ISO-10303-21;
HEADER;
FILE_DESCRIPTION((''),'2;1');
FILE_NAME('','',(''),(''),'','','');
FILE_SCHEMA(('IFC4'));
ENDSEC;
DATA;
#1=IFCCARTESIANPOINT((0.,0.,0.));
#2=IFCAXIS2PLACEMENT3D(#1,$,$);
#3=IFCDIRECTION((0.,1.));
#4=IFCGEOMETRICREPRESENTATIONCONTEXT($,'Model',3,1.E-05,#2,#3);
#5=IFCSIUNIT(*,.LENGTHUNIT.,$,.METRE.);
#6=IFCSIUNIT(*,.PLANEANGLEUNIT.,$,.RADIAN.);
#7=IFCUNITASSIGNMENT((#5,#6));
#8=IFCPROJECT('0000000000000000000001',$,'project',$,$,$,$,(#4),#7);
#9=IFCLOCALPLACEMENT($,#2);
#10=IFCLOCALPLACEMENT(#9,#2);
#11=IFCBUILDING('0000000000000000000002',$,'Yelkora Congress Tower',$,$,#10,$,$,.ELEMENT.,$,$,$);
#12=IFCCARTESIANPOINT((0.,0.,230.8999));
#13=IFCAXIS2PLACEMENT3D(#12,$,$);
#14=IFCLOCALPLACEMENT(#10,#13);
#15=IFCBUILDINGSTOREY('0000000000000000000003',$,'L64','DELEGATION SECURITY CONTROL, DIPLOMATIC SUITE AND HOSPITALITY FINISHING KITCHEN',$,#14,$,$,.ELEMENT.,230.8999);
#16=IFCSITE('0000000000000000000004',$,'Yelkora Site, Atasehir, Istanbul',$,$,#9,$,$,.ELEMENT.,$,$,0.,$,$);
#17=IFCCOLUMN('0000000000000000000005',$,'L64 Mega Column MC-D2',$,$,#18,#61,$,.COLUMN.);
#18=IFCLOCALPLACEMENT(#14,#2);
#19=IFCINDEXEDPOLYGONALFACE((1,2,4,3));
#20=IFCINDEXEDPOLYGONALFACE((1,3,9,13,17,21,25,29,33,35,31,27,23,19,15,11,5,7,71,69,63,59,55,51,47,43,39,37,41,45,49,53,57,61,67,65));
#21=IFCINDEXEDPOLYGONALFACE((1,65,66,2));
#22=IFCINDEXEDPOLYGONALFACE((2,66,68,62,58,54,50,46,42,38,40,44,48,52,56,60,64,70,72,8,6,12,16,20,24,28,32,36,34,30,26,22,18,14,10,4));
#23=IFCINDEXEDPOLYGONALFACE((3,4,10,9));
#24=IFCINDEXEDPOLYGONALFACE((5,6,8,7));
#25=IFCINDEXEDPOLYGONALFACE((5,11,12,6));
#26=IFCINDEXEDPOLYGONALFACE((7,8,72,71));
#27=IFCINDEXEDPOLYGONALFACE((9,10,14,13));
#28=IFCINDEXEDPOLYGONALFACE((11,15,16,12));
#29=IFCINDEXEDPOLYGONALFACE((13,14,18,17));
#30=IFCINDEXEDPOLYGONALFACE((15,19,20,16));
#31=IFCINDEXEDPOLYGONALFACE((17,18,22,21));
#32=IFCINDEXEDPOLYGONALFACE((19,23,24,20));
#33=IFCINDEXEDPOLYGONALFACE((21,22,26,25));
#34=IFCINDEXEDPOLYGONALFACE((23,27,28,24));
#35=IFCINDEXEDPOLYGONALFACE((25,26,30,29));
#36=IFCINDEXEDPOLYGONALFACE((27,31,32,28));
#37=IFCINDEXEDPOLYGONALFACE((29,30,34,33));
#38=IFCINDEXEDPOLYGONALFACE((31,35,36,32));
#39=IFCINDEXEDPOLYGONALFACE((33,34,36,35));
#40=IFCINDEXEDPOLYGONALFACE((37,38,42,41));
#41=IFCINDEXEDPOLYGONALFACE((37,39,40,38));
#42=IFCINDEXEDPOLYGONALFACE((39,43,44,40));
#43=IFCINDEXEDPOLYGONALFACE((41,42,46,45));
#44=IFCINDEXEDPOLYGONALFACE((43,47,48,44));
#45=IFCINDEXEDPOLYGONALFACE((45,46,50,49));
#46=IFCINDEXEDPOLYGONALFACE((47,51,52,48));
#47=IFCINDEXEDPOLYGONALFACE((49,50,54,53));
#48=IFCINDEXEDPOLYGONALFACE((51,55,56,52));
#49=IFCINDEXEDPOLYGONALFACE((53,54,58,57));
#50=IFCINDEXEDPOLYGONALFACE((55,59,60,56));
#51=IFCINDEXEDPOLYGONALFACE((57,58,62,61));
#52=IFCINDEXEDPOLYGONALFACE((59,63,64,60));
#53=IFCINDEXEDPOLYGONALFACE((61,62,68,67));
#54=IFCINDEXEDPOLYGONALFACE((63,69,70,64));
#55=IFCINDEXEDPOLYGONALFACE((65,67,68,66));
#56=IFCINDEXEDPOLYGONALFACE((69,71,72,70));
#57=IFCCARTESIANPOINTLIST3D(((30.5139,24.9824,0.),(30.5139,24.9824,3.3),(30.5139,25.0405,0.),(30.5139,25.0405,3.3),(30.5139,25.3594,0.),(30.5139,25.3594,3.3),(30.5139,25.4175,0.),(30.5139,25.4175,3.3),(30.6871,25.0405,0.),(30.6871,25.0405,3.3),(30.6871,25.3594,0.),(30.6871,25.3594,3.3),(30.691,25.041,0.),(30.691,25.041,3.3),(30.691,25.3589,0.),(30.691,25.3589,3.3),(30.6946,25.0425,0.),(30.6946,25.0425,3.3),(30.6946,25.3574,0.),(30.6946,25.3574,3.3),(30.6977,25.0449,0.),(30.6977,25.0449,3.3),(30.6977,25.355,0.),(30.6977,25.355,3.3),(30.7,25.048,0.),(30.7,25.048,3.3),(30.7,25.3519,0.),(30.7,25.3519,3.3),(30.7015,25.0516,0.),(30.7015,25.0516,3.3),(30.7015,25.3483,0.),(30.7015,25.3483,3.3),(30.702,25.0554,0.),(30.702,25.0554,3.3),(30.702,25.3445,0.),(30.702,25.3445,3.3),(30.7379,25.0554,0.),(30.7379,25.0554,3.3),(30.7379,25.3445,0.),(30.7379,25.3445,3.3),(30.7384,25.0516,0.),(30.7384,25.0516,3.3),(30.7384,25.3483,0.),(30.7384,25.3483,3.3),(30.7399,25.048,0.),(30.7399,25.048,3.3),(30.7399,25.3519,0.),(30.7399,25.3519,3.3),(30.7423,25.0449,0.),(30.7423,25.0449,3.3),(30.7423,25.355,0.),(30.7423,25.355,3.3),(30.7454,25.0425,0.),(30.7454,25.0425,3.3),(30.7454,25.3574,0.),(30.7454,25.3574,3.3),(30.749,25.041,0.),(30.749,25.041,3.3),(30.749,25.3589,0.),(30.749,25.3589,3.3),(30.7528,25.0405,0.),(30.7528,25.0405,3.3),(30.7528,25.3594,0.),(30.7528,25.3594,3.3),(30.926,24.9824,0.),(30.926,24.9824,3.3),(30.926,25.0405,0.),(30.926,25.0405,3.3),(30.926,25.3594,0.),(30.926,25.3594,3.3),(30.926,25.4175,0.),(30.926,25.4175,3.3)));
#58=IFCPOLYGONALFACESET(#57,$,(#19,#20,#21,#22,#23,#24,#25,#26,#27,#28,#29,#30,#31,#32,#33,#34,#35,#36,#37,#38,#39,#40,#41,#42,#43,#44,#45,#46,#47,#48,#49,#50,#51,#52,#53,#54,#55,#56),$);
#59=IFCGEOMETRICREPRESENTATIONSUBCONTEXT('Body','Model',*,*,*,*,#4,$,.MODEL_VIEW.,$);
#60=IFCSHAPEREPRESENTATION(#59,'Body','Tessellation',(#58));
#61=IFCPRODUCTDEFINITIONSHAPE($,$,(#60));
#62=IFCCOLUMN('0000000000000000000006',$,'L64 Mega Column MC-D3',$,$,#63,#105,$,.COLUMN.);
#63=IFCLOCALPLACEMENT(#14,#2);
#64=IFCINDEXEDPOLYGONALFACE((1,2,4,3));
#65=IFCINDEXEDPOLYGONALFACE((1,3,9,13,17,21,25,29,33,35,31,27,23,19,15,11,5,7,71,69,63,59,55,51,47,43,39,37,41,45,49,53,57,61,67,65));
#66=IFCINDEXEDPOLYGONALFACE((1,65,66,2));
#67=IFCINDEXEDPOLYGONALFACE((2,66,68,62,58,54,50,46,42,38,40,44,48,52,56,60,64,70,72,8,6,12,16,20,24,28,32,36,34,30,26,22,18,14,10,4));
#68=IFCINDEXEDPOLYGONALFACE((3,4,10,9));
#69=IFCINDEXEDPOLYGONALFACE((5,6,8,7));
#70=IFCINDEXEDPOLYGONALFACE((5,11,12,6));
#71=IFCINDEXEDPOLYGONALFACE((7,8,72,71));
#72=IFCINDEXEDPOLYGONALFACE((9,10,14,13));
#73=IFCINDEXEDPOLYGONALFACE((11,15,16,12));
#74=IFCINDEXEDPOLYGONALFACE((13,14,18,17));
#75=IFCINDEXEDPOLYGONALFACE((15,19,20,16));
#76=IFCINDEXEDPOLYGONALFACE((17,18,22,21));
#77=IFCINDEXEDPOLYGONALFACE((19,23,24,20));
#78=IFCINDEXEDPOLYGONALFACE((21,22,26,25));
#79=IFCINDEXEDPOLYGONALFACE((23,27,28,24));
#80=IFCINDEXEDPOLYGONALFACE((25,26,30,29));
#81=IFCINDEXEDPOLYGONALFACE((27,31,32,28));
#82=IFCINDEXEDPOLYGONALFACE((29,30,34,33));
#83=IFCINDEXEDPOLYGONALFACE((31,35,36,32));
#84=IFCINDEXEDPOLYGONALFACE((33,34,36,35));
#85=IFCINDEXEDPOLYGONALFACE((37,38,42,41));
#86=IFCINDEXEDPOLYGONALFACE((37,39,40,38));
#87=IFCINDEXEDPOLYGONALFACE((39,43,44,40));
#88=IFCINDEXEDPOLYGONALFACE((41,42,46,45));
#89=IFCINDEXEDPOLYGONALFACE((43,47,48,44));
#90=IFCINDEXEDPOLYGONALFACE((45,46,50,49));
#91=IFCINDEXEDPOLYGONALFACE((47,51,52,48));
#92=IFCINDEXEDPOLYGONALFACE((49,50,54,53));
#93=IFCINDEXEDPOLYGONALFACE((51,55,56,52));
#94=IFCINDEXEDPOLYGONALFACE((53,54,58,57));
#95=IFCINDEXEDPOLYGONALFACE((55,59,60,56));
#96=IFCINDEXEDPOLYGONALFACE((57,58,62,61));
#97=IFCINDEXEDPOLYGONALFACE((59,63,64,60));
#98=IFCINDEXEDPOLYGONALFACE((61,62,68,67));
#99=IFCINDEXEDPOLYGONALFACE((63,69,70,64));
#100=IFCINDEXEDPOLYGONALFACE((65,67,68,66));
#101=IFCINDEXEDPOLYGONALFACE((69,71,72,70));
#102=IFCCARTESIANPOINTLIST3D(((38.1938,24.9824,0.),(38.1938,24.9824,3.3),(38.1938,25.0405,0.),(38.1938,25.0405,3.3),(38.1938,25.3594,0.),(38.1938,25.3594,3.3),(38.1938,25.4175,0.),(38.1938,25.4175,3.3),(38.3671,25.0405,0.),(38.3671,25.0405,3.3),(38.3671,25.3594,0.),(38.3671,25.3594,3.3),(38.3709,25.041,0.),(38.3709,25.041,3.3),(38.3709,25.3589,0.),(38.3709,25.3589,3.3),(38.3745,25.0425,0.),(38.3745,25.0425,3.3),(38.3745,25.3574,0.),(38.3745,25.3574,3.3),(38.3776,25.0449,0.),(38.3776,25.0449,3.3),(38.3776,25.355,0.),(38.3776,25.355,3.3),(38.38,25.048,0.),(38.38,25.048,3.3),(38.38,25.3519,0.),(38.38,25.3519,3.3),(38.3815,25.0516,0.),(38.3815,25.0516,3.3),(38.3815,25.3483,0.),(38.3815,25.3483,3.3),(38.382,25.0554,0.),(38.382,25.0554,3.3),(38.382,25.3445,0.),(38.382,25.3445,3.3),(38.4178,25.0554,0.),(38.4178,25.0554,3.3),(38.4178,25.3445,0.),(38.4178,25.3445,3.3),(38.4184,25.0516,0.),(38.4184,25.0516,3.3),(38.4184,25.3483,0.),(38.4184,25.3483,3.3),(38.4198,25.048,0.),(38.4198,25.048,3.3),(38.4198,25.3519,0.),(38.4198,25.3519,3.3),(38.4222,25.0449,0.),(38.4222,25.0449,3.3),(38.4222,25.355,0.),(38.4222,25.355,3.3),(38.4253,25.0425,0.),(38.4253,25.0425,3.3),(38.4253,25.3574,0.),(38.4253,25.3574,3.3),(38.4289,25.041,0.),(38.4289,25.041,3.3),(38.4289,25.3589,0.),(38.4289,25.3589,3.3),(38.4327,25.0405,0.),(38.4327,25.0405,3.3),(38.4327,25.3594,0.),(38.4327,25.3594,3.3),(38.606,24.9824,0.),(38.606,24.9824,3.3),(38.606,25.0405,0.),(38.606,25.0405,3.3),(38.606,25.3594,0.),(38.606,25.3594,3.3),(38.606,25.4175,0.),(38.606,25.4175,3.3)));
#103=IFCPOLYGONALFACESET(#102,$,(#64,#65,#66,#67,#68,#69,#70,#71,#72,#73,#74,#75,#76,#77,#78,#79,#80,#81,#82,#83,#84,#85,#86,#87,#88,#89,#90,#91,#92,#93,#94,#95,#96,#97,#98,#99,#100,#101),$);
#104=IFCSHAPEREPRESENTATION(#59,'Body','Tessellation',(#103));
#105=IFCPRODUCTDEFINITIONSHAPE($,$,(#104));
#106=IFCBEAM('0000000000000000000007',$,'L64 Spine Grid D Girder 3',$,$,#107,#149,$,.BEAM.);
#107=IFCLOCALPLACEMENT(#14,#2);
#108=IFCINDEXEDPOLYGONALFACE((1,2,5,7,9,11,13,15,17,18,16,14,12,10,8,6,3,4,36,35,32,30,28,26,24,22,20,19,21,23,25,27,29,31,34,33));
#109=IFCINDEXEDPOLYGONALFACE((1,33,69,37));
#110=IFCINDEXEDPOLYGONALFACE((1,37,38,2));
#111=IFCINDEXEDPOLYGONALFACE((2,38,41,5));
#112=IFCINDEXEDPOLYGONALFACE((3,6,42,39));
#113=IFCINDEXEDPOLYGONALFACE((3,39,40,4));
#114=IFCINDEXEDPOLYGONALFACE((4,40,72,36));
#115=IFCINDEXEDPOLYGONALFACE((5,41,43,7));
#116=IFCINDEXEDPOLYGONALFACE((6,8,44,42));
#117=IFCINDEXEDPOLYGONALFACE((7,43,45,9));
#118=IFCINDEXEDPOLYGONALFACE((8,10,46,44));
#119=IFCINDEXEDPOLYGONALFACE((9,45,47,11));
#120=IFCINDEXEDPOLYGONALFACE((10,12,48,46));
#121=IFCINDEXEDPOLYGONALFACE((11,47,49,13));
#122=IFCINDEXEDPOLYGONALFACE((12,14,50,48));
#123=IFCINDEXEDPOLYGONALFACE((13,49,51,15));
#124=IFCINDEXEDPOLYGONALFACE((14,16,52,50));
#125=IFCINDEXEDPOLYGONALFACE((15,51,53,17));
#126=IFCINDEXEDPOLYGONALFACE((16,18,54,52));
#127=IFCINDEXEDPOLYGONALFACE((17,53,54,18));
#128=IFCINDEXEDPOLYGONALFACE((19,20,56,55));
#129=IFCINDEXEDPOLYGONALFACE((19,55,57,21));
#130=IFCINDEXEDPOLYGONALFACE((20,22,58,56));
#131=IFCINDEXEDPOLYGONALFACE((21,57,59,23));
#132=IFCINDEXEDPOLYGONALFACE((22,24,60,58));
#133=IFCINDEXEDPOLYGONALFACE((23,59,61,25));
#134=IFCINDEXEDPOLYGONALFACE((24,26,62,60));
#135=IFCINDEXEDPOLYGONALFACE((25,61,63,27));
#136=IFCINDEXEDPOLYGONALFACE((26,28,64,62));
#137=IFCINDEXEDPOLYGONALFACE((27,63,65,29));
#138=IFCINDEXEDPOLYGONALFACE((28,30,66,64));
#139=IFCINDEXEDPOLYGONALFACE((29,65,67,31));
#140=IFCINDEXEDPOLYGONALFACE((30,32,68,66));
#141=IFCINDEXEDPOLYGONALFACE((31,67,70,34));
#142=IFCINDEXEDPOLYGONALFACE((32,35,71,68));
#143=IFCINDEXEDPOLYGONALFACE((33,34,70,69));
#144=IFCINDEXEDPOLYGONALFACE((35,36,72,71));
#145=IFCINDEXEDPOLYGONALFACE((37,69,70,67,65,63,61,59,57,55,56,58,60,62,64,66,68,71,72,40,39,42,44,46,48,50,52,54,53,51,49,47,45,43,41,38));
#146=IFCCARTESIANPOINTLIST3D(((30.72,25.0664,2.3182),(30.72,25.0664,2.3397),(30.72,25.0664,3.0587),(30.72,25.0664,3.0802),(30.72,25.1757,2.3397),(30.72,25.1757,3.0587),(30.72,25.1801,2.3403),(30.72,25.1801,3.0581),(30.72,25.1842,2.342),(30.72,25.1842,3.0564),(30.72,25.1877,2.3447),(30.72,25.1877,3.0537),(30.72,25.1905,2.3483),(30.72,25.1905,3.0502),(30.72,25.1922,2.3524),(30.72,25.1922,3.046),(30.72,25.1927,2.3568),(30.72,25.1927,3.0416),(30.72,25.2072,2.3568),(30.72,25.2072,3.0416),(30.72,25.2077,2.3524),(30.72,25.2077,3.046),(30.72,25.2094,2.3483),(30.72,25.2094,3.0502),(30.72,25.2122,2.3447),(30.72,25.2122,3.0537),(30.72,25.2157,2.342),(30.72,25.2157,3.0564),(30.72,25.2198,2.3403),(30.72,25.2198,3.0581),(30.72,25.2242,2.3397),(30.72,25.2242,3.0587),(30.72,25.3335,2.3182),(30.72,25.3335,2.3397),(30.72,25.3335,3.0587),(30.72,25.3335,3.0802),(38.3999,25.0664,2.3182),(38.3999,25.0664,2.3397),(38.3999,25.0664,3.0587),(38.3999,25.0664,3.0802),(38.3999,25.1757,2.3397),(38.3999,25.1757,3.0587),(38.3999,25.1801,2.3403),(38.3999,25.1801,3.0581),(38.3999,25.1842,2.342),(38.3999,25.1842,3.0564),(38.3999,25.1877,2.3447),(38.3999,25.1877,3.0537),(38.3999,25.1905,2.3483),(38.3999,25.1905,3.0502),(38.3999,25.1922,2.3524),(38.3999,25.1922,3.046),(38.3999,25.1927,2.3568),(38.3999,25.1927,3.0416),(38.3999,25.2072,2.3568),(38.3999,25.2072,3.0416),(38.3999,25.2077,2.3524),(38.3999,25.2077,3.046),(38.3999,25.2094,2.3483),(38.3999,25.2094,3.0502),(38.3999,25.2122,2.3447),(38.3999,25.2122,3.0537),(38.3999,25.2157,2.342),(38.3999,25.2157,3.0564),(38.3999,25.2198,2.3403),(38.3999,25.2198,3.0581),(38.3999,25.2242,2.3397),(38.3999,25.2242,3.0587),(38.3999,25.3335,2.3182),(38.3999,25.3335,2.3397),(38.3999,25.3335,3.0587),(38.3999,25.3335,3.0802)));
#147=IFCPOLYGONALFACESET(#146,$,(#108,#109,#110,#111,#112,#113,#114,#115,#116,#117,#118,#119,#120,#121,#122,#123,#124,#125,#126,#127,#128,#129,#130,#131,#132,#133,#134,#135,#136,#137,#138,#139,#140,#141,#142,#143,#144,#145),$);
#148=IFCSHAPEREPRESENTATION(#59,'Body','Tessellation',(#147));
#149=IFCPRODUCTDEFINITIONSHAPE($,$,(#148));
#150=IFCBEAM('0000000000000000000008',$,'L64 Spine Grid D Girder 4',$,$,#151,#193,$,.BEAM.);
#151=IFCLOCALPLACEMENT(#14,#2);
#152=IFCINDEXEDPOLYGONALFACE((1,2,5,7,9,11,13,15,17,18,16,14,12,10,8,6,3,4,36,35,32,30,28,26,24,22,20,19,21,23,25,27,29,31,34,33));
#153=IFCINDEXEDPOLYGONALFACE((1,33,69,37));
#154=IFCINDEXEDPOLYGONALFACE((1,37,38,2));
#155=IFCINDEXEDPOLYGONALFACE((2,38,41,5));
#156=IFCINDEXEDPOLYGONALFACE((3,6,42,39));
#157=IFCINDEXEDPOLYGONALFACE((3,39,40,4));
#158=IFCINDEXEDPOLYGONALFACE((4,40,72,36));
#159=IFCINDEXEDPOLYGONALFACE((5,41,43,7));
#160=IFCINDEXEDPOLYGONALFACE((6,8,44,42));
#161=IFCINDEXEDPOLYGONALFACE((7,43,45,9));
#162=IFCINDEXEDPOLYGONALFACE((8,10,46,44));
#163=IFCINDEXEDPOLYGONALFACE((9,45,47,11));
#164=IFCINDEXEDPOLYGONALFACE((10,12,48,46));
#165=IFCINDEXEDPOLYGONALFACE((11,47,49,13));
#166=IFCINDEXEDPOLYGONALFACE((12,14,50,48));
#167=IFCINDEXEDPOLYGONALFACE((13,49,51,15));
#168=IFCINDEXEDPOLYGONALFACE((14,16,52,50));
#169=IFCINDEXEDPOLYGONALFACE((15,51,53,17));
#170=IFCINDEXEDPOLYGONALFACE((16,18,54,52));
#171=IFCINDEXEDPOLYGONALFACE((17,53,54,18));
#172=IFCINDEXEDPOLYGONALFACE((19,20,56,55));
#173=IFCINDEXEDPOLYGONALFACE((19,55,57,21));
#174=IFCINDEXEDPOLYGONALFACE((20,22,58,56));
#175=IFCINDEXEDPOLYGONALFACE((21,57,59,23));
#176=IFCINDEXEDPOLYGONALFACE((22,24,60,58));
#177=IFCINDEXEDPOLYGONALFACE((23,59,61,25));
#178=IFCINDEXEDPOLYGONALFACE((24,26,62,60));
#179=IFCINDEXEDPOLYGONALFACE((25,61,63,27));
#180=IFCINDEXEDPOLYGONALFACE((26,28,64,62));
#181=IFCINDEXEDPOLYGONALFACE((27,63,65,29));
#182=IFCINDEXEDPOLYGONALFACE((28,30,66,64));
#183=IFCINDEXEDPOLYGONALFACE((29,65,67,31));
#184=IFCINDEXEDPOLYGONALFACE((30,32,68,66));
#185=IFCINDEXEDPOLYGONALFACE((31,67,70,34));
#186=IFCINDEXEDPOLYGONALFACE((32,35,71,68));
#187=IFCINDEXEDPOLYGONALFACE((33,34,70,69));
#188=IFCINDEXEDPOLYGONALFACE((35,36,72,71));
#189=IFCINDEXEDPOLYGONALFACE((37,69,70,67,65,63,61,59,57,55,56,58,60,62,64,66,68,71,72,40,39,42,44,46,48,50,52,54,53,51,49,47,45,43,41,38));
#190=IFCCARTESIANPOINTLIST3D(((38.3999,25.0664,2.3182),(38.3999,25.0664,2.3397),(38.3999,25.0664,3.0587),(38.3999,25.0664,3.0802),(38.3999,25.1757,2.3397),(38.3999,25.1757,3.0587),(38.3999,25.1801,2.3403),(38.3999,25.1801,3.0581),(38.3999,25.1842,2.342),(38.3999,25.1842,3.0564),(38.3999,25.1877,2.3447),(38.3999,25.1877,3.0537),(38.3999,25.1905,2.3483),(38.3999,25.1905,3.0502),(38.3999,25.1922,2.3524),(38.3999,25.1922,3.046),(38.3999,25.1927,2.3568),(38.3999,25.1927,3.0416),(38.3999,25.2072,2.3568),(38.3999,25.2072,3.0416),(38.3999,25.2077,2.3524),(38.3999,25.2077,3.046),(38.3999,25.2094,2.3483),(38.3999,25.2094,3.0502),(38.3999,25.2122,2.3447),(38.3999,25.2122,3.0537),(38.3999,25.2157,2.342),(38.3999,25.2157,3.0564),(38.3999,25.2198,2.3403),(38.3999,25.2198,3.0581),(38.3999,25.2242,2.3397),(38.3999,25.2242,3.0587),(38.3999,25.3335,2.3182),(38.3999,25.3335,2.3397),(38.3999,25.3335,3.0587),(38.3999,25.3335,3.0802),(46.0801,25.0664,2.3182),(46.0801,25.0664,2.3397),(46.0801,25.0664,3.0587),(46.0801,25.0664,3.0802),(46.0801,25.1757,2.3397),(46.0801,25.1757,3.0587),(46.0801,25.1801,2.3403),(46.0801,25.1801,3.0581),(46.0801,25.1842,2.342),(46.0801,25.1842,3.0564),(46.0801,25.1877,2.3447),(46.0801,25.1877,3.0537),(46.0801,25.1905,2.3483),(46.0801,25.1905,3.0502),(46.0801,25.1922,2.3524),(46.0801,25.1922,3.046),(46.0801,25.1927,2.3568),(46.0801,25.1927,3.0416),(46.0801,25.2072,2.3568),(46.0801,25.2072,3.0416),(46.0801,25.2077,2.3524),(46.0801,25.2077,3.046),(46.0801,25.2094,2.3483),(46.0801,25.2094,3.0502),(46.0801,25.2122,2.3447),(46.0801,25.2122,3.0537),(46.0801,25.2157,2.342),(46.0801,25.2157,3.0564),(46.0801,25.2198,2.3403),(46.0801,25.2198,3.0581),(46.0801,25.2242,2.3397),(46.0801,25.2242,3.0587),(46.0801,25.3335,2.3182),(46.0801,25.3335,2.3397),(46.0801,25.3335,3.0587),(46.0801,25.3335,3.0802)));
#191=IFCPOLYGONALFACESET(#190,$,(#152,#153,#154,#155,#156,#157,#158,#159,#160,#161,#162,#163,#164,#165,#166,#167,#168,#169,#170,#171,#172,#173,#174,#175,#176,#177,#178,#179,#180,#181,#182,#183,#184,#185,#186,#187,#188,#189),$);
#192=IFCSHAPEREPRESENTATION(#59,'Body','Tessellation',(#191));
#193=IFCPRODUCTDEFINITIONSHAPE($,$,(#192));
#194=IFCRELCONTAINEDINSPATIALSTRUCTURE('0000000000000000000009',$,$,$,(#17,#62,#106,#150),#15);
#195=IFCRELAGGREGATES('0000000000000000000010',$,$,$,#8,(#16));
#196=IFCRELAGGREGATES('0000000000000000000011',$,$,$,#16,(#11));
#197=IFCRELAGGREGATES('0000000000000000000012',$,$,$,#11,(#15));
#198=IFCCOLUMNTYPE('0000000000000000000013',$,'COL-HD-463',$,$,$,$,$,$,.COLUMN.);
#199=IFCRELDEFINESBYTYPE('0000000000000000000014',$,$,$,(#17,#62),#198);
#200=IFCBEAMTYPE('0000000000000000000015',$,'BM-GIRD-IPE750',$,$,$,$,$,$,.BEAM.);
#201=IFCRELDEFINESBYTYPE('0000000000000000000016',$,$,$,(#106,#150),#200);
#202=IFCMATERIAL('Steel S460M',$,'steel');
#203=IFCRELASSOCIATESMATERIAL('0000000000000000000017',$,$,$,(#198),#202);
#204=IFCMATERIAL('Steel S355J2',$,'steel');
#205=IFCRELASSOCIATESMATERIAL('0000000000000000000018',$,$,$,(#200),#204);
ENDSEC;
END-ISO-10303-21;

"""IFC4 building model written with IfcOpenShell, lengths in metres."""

from ifc_helpers import new_model, si_unit, direction, frame, origin, origin_2d, place, context, subcontext, project, spatial, i_section, extrude, material, material_profile, profile_set, type_object, element, save


model = new_model("IFC4")

# Units and contexts
model_context = context("Model", 3, precision=1e-05, world=origin(), true_north=direction((0.0, 1.0)))
body_context = subcontext(model_context, "Body", "Model", "MODEL_VIEW")
ifc_project = project(units=[si_unit("LENGTHUNIT", "METRE"), si_unit("PLANEANGLEUNIT", "RADIAN")], contexts=[model_context])

# Site, building, storey
site_placement = place(None, origin())
site = spatial("IfcSite", under=ifc_project, at=site_placement, Name="Yelkora Site, Atasehir, Istanbul", CompositionType="ELEMENT", RefElevation=0.0)
building_placement = place(site_placement, origin())
building = spatial("IfcBuilding", under=site, at=building_placement, Name="Yelkora Congress Tower", CompositionType="ELEMENT")
storey_placement = place(building_placement, frame((0.0, 0.0, 230.8999)))
storey = spatial("IfcBuildingStorey", under=building, at=storey_placement, Name="L64", Description="DELEGATION SECURITY CONTROL, DIPLOMATIC SUITE AND HOSPITALITY FINISHING KITCHEN", CompositionType="ELEMENT", Elevation=230.8999)

# Columns
ifc_material_1 = material(Name="Steel S460M", Category="steel")
ifc_material_profile_1 = material_profile(ifc_material_1, i_section(OverallWidth=0.4121, OverallDepth=0.4351, WebThickness=0.0359, FlangeThickness=0.0581, FilletRadius=0.0149, at=origin_2d()), Name="HD 400x463")
ifc_profile_set_1 = profile_set([ifc_material_profile_1], Name="Steel S460M")
column_type = type_object("IfcColumnType", Name="COL-HD-463", PredefinedType="COLUMN", material=ifc_profile_set_1)
for number, where, z_axis, x_axis, name in (
    (1, (30.72, 25.2, 0.0), (0.0, 0.0, 1.0), (1.0, 0.0, 0.0), "L64 Mega Column MC-D2"),
    (2, (38.3999, 25.2, 0.0), (0.0, 0.0, 1.0), (1.0, 0.0, 0.0), "L64 Mega Column MC-D3"),
):
    element("IfcColumn", number, at=place(storey_placement, frame(where, z_axis=z_axis, x_axis=x_axis)), inside=storey, type_object=column_type, Name=name, PredefinedType="COLUMN", context=body_context, shape_type="SweptSolid", body=[
        extrude(i_section(OverallWidth=0.4121, OverallDepth=0.4351, WebThickness=0.0359, FlangeThickness=0.0581, FilletRadius=0.0149, at=origin_2d()), origin(), (0.0, 0.0, 1.0), 3.3),
    ])

# Beams
ifc_material_2 = material(Name="Steel S355J2", Category="steel")
ifc_material_profile_2 = material_profile(ifc_material_2, i_section(OverallWidth=0.2671, OverallDepth=0.762, WebThickness=0.0144, FlangeThickness=0.0215, FilletRadius=0.0171, at=origin_2d()), Name="IPE 750x173")
ifc_profile_set_2 = profile_set([ifc_material_profile_2], Name="Steel S355J2")
beam_type_1 = type_object("IfcBeamType", Name="BM-GIRD-IPE750", PredefinedType="BEAM", material=ifc_profile_set_2)
beam_1_placement = place(storey_placement, frame((30.72, 25.2, 2.6992), z_axis=(1.0, 0.0, 0.0), x_axis=(0.0, 1.0, 0.0)))
element("IfcBeam", 3, at=beam_1_placement, inside=storey, type_object=beam_type_1, Name="L64 Spine Grid D Girder 3", PredefinedType="BEAM", context=body_context, shape_type="SweptSolid", body=[
    extrude(i_section(OverallWidth=0.2671, OverallDepth=0.762, WebThickness=0.0144, FlangeThickness=0.0215, FilletRadius=0.0171, at=origin_2d()), origin(), (0.0, 0.0, 1.0), 7.6799),
])
beam_2_placement = place(storey_placement, frame((38.3999, 25.2, 2.6992), z_axis=(1.0, 0.0, 0.0), x_axis=(0.0, 1.0, 0.0)))
element("IfcBeam", 4, at=beam_2_placement, inside=storey, type_object=beam_type_1, Name="L64 Spine Grid D Girder 4", PredefinedType="BEAM", context=body_context, shape_type="SweptSolid", body=[
    extrude(i_section(OverallWidth=0.2671, OverallDepth=0.762, WebThickness=0.0144, FlangeThickness=0.0215, FilletRadius=0.0171, at=origin_2d()), origin(), (0.0, 0.0, 1.0), 7.6802),
])

save(model, "model.ifc")
